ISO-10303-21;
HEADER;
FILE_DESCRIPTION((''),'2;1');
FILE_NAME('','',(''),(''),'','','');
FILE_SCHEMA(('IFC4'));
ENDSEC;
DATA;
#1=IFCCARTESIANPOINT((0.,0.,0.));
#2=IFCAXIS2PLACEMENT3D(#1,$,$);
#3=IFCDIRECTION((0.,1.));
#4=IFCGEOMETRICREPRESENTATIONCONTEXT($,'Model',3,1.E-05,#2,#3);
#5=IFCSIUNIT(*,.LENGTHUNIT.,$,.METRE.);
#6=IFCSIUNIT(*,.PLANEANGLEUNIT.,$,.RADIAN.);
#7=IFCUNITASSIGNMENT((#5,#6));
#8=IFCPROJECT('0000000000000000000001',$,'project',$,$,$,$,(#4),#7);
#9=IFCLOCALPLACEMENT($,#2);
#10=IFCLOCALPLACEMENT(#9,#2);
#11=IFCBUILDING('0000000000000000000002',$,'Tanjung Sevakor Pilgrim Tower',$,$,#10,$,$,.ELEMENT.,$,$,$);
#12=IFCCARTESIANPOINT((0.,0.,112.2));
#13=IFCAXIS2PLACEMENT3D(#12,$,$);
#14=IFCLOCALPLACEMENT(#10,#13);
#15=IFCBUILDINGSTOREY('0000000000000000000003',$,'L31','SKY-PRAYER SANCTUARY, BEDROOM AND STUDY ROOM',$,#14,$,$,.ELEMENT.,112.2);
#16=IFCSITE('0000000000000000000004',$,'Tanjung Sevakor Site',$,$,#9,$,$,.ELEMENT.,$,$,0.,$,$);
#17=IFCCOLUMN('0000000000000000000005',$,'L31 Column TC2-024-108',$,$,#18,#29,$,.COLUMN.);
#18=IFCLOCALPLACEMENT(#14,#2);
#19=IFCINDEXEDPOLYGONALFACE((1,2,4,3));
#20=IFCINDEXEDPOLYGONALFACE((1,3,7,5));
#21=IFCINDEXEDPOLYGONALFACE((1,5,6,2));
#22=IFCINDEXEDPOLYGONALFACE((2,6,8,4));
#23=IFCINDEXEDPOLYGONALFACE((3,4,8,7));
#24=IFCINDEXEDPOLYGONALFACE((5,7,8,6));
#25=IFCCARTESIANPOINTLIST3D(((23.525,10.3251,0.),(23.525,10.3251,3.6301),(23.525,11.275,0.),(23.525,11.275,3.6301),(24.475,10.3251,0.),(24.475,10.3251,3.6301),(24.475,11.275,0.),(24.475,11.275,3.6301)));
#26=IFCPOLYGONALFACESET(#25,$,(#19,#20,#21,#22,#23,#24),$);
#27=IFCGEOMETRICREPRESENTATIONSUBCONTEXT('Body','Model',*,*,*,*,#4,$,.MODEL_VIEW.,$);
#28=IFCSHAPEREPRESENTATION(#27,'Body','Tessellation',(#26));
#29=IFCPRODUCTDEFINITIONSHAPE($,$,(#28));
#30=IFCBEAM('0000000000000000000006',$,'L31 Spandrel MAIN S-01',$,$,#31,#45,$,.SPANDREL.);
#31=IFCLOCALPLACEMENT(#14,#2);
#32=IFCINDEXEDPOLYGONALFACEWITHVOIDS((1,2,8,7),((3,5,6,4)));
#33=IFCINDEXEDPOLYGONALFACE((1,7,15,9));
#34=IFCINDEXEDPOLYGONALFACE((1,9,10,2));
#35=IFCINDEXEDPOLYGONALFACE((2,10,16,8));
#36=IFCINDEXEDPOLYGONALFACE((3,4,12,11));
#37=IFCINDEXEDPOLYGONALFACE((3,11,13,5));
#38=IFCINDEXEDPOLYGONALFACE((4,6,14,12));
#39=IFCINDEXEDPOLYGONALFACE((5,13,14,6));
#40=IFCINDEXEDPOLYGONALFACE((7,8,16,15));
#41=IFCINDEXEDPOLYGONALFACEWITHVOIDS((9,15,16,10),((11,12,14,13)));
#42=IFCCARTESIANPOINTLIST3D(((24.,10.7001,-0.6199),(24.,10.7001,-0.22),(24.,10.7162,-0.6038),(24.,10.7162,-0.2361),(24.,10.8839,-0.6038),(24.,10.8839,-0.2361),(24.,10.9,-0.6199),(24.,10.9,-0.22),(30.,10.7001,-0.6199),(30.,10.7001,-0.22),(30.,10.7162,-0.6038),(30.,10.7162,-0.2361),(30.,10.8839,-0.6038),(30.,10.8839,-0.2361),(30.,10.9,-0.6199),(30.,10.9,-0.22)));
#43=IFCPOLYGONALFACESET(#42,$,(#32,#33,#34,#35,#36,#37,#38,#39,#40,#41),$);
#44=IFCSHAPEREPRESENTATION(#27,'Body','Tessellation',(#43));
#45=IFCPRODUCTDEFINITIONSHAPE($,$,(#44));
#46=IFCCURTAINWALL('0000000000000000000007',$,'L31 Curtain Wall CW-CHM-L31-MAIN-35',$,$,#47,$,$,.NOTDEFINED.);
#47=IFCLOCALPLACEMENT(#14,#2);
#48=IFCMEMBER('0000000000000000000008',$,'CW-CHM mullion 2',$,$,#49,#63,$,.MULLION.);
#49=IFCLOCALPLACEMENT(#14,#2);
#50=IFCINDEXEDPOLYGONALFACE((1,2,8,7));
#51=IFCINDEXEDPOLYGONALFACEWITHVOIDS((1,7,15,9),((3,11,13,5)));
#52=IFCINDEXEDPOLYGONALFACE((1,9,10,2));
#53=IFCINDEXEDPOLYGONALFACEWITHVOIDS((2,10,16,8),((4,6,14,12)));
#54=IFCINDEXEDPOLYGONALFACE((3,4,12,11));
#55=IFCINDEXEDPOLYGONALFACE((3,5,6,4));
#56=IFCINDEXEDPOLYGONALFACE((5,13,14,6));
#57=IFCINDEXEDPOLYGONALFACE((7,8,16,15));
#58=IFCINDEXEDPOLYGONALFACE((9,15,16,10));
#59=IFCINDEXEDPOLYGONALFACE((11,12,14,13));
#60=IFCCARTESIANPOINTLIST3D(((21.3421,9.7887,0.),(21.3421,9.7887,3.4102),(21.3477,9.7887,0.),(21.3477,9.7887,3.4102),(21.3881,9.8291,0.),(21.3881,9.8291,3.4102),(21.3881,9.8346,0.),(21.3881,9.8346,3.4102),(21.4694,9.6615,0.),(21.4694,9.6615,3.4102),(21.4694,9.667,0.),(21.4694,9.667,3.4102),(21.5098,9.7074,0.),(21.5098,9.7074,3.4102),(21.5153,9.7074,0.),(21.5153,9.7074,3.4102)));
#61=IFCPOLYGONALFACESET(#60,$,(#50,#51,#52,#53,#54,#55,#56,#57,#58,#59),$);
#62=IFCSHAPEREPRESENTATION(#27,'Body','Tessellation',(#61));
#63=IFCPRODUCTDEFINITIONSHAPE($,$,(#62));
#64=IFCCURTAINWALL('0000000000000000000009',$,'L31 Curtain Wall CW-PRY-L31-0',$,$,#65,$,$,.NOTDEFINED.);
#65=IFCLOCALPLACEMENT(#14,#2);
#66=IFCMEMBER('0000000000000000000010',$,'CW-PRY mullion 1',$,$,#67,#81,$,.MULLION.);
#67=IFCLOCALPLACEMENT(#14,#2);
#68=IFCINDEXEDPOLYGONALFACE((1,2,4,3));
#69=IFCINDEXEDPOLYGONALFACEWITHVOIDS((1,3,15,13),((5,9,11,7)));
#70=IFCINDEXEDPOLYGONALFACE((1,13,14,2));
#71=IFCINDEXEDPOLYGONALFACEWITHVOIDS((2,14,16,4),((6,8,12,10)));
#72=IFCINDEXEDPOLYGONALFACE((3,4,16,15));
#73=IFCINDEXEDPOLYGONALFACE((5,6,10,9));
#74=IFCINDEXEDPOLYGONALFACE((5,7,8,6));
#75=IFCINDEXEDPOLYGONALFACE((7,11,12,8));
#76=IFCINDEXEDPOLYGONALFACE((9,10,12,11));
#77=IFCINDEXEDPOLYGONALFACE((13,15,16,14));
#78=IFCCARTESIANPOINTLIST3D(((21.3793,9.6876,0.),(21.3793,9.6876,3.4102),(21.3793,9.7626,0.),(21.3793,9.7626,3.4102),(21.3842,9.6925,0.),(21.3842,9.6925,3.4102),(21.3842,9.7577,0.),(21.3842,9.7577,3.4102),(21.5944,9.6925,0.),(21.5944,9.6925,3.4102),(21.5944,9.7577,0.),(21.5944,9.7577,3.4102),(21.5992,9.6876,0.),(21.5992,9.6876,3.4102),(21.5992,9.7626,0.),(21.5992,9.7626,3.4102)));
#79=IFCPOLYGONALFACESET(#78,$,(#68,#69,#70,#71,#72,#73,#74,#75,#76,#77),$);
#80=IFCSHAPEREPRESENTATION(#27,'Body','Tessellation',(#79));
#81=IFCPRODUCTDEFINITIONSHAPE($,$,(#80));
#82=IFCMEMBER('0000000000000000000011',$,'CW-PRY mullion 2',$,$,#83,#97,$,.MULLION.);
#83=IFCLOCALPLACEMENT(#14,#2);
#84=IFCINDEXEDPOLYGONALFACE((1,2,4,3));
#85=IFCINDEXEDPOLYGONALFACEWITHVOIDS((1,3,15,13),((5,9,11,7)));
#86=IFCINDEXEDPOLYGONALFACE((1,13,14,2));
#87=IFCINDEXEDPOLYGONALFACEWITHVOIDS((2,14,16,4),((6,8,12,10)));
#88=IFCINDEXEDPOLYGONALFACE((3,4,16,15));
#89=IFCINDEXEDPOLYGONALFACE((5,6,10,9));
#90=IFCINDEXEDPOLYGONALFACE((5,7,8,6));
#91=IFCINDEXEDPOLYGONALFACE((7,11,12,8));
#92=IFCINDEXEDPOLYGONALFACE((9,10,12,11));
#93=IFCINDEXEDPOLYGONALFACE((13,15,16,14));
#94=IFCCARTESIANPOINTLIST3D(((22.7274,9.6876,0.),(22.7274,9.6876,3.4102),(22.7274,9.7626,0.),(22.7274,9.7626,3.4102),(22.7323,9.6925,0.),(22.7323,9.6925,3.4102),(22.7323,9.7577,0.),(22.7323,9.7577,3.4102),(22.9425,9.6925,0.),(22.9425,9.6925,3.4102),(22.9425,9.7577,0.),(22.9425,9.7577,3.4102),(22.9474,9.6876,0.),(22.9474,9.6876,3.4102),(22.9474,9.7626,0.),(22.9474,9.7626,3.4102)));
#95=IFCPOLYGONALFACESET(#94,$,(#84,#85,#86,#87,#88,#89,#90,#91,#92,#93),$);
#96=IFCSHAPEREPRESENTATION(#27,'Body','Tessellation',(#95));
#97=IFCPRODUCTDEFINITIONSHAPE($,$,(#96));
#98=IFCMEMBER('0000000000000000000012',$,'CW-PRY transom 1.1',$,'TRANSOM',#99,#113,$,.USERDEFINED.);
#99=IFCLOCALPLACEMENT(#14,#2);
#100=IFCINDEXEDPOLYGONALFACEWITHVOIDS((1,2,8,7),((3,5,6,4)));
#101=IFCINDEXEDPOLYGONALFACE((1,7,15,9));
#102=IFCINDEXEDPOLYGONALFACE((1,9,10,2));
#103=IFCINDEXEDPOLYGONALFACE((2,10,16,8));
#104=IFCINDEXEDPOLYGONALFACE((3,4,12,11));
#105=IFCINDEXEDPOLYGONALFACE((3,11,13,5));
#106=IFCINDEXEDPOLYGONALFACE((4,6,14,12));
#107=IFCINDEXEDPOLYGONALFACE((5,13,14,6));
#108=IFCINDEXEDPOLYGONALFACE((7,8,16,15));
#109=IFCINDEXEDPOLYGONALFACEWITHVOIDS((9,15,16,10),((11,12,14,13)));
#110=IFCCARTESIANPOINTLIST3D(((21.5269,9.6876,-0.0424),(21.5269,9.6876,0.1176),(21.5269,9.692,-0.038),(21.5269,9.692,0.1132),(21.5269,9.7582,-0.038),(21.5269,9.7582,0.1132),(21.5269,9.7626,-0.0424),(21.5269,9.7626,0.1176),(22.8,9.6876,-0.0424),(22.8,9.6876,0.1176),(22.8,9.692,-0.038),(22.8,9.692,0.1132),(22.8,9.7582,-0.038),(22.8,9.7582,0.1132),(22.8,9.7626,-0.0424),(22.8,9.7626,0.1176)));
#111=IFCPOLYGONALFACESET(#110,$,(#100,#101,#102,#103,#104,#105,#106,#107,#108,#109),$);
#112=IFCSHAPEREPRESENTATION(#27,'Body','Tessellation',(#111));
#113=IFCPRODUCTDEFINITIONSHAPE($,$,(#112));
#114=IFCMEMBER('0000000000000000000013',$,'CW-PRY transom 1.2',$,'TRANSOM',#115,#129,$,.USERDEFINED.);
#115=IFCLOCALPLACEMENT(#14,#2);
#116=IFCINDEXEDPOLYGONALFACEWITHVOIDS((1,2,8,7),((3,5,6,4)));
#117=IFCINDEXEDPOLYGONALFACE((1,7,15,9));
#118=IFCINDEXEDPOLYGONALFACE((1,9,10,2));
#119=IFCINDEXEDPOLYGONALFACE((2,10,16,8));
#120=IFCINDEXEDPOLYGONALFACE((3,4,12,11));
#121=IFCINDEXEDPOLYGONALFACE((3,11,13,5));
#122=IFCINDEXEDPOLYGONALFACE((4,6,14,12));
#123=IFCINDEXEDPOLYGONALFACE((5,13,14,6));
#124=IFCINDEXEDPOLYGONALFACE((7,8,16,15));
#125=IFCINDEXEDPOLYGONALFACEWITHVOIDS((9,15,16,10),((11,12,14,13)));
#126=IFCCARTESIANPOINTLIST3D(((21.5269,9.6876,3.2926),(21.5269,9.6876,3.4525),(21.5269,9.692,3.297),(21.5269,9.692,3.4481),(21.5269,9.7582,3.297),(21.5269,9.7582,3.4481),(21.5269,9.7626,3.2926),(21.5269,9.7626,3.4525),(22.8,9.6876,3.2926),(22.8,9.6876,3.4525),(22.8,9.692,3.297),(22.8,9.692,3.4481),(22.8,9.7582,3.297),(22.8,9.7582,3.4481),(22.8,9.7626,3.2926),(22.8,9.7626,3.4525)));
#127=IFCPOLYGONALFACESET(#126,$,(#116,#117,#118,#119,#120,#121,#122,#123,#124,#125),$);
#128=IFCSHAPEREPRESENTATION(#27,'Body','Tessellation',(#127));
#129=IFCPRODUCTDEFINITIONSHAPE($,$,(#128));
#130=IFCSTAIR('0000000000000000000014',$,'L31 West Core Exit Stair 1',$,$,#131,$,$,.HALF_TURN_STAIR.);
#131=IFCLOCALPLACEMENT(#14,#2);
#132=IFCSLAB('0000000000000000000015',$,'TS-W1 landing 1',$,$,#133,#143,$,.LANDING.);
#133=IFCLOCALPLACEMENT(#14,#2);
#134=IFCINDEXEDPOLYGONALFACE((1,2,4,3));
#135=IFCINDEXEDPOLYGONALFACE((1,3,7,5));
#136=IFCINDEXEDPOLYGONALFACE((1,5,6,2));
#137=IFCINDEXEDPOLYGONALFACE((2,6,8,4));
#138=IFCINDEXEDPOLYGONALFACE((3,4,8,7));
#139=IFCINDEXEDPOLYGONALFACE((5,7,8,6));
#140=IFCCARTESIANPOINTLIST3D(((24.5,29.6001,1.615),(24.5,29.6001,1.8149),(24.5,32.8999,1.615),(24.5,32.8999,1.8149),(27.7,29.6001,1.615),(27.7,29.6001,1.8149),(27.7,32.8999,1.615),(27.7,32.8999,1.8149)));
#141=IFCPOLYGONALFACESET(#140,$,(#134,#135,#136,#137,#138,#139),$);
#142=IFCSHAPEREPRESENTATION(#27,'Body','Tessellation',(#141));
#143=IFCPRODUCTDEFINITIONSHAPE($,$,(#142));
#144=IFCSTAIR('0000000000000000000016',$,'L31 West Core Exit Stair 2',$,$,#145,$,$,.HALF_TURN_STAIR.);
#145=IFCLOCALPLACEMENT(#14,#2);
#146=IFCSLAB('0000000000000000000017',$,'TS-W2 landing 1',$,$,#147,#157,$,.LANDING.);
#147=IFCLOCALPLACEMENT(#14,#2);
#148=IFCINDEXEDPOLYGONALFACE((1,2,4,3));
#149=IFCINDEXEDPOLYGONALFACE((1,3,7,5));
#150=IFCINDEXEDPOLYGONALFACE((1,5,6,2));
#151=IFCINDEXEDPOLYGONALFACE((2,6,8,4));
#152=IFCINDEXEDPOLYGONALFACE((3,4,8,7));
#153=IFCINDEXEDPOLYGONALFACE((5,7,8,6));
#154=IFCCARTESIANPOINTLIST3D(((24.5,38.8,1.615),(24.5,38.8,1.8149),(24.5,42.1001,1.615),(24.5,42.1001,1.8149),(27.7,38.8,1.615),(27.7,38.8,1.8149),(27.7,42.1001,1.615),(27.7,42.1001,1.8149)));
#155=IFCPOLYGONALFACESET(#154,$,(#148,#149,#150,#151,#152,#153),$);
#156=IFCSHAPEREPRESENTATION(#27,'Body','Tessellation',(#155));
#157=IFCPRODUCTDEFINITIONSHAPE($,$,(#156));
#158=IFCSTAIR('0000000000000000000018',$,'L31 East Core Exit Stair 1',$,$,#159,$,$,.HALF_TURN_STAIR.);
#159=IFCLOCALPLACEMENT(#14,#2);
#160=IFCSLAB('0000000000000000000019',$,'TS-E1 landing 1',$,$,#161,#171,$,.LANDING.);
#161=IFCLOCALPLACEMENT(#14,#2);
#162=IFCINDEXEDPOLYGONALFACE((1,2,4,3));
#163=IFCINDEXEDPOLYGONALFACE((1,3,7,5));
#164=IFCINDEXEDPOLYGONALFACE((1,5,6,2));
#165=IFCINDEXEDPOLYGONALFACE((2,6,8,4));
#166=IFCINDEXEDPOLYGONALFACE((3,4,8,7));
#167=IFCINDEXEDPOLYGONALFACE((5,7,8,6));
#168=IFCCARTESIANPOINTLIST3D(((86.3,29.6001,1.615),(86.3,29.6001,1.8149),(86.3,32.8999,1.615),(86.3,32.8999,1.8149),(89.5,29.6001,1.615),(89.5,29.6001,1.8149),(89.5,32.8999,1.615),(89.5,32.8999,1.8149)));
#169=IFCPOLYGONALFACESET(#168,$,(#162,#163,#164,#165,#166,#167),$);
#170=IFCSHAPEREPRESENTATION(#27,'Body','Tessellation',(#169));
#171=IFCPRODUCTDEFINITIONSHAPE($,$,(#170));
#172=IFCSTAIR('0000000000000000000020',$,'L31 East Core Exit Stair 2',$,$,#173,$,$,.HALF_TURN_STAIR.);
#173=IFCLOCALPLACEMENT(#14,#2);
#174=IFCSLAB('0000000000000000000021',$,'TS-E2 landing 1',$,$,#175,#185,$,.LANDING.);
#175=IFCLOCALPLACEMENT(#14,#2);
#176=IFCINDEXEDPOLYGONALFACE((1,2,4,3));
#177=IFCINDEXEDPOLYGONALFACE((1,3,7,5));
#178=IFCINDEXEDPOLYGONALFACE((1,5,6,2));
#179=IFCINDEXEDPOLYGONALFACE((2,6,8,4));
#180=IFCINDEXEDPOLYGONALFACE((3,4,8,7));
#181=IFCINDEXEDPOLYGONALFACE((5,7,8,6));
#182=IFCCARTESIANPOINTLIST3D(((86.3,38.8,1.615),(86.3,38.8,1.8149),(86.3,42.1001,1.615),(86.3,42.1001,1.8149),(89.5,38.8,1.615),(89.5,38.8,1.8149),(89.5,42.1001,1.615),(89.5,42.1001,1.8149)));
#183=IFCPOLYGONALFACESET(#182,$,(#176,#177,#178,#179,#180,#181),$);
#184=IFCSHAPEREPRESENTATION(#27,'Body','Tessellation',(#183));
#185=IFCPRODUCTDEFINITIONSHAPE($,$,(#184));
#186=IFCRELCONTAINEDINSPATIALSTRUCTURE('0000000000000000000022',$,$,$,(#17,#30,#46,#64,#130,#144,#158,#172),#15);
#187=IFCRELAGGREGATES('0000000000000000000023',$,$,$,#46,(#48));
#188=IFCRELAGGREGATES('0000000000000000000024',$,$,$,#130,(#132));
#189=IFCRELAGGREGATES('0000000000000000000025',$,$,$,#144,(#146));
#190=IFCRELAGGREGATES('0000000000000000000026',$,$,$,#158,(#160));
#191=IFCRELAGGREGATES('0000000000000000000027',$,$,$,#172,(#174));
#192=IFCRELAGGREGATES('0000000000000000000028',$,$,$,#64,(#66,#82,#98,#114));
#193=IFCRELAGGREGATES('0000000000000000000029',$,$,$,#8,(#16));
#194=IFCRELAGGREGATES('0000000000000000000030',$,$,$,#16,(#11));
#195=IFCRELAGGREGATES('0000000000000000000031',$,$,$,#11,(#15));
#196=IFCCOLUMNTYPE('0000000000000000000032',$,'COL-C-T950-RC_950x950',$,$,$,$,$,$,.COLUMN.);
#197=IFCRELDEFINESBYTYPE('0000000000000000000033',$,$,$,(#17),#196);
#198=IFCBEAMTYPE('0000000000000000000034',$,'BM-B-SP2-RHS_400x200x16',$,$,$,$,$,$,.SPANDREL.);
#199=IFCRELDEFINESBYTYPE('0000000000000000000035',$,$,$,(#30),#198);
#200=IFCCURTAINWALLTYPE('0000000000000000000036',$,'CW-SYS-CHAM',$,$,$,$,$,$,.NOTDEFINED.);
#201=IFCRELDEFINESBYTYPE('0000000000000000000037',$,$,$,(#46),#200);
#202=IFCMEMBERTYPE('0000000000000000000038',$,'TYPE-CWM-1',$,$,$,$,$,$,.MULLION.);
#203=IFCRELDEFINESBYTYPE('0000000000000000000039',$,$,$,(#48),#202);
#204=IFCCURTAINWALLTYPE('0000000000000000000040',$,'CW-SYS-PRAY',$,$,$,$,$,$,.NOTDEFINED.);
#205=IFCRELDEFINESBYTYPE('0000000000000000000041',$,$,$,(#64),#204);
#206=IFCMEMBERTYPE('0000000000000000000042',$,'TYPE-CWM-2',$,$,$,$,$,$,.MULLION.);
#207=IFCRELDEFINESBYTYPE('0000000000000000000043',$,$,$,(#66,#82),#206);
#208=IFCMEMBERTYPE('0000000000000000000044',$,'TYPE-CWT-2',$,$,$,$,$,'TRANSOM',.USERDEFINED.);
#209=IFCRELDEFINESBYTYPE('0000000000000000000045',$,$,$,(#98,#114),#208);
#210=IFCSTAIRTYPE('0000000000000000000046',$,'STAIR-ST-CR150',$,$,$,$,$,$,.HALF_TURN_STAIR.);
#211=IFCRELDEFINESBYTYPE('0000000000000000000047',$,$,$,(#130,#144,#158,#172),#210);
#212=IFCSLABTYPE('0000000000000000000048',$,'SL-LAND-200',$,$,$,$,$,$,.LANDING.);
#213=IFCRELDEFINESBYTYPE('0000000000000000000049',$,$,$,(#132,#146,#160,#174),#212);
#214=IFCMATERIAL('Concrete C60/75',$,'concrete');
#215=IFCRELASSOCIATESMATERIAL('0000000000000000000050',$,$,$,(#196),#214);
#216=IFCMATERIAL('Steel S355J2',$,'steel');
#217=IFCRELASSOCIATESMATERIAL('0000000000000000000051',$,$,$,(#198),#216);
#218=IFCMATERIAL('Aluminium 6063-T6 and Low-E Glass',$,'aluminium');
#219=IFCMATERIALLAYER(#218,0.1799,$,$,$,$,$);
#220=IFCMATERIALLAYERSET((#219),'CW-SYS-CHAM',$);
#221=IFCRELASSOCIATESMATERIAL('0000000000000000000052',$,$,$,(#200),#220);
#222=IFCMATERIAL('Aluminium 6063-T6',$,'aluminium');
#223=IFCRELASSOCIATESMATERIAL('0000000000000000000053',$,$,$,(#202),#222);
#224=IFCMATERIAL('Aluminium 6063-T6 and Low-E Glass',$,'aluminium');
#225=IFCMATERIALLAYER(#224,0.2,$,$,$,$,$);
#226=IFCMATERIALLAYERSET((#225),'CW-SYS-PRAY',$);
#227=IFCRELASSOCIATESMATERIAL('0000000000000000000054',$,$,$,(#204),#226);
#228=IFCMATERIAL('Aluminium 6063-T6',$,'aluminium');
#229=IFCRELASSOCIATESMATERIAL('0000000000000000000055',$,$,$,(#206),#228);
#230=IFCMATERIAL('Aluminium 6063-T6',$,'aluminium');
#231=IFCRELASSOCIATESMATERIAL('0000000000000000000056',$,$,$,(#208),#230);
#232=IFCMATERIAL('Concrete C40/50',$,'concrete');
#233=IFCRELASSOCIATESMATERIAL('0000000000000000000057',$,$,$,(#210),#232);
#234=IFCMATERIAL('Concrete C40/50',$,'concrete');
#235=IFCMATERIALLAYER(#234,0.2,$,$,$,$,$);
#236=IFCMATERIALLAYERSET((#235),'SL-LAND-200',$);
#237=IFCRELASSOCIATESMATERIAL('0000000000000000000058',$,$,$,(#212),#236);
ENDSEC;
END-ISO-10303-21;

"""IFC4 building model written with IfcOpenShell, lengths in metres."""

from ifc_helpers import new_model, si_unit, direction, frame, origin, origin_2d, place, context, subcontext, project, spatial, polyline, rectangle, hollow_rectangle, outline, extrude, material, layer, layer_set, material_profile, profile_set, type_object, element, aggregate, save


model = new_model("IFC4")

# Units and contexts
model_context = context("Model", 3, precision=1e-05, world=origin(), true_north=direction((0.0, 1.0)))
body_context = subcontext(model_context, "Body", "Model", "MODEL_VIEW")
ifc_project = project(units=[si_unit("LENGTHUNIT", "METRE"), si_unit("PLANEANGLEUNIT", "RADIAN")], contexts=[model_context])

# Site, building, storey
site_placement = place(None, origin())
site = spatial("IfcSite", under=ifc_project, at=site_placement, Name="Tanjung Sevakor Site", CompositionType="ELEMENT", RefElevation=0.0)
building_placement = place(site_placement, origin())
building = spatial("IfcBuilding", under=site, at=building_placement, Name="Tanjung Sevakor Pilgrim Tower", CompositionType="ELEMENT")
storey_placement = place(building_placement, frame((0.0, 0.0, 112.2)))
storey = spatial("IfcBuildingStorey", under=building, at=storey_placement, Name="L31", Description="SKY-PRAYER SANCTUARY, BEDROOM AND STUDY ROOM", CompositionType="ELEMENT", Elevation=112.2)

# Column
ifc_material_1 = material(Name="Concrete C60/75", Category="concrete")
ifc_material_profile_1 = material_profile(ifc_material_1, rectangle(XDim=0.95, YDim=0.95, at=origin_2d()))
ifc_profile_set_1 = profile_set([ifc_material_profile_1], Name="Concrete C60/75")
column_type = type_object("IfcColumnType", Name="COL-C-T950-RC_950x950", PredefinedType="COLUMN", material=ifc_profile_set_1)
column_placement = place(storey_placement, frame((24.0, 10.8, 0.0), z_axis=(0.0, 0.0, 1.0), x_axis=(1.0, 0.0, 0.0)))
element("IfcColumn", 1, at=column_placement, inside=storey, type_object=column_type, Name="L31 Column TC2-024-108", PredefinedType="COLUMN", context=body_context, shape_type="SweptSolid", body=[
    extrude(rectangle(XDim=0.95, YDim=0.95, at=origin_2d()), origin(), (0.0, 0.0, 1.0), 3.6301),
])

# Beam
ifc_material_2 = material(Name="Steel S355J2", Category="steel")
ifc_material_profile_2 = material_profile(ifc_material_2, hollow_rectangle(XDim=0.2, YDim=0.3999, WallThickness=0.0161, at=origin_2d()))
ifc_profile_set_2 = profile_set([ifc_material_profile_2], Name="Steel S355J2")
beam_type = type_object("IfcBeamType", Name="BM-B-SP2-RHS_400x200x16", PredefinedType="SPANDREL", material=ifc_profile_set_2)
beam_placement = place(storey_placement, frame((24.0, 10.8, -0.4199), z_axis=(1.0, 0.0, 0.0), x_axis=(0.0, 1.0, 0.0)))
element("IfcBeam", 2, at=beam_placement, inside=storey, type_object=beam_type, Name="L31 Spandrel MAIN S-01", PredefinedType="SPANDREL", context=body_context, shape_type="SweptSolid", body=[
    extrude(hollow_rectangle(XDim=0.2, YDim=0.3999, WallThickness=0.0161, at=origin_2d()), origin(), (0.0, 0.0, 1.0), 6.0),
])

# Curtain wall, member
ifc_material_3 = material(Name="Aluminium 6063-T6 and Low-E Glass", Category="aluminium")
ifc_layer_1 = layer(ifc_material_3, 0.1799)
ifc_layer_set_1 = layer_set([ifc_layer_1], Name="CW-SYS-CHAM")
curtain_wall_type_1 = type_object("IfcCurtainWallType", Name="CW-SYS-CHAM", PredefinedType="NOTDEFINED", material=ifc_layer_set_1)
curtain_wall_1_placement = place(storey_placement, origin())
curtain_wall_1 = element("IfcCurtainWall", 3, at=curtain_wall_1_placement, inside=storey, type_object=curtain_wall_type_1, Name="L31 Curtain Wall CW-CHM-L31-MAIN-35", PredefinedType="NOTDEFINED")
ifc_material_4 = material(Name="Aluminium 6063-T6", Category="aluminium")
ifc_material_profile_3 = material_profile(ifc_material_4, hollow_rectangle(XDim=0.0649, YDim=0.1799, WallThickness=0.0039, at=origin_2d()))
ifc_profile_set_3 = profile_set([ifc_material_profile_3], Name="Aluminium 6063-T6")
member_type_1 = type_object("IfcMemberType", Name="TYPE-CWM-1", PredefinedType="MULLION", material=ifc_profile_set_3)
member_1_placement = place(storey_placement, frame((21.4287, 9.748, 0.0), z_axis=(0.0, 0.0, 1.0), x_axis=(0.707107, 0.707107, 0.0)))
member_1 = element("IfcMember", 4, at=member_1_placement, type_object=member_type_1, Name="CW-CHM mullion 2", PredefinedType="MULLION", context=body_context, shape_type="SweptSolid", body=[
    extrude(hollow_rectangle(XDim=0.0649, YDim=0.1799, WallThickness=0.0039, at=origin_2d()), origin(), (0.0, 0.0, 1.0), 3.4102),
])
aggregate(curtain_wall_1, [member_1])

# Curtain wall, members
ifc_material_5 = material(Name="Aluminium 6063-T6 and Low-E Glass", Category="aluminium")
ifc_layer_2 = layer(ifc_material_5, 0.2)
ifc_layer_set_2 = layer_set([ifc_layer_2], Name="CW-SYS-PRAY")
curtain_wall_type_2 = type_object("IfcCurtainWallType", Name="CW-SYS-PRAY", PredefinedType="NOTDEFINED", material=ifc_layer_set_2)
curtain_wall_2_placement = place(storey_placement, origin())
curtain_wall_2 = element("IfcCurtainWall", 5, at=curtain_wall_2_placement, inside=storey, type_object=curtain_wall_type_2, Name="L31 Curtain Wall CW-PRY-L31-0", PredefinedType="NOTDEFINED")
ifc_material_6 = material(Name="Aluminium 6063-T6", Category="aluminium")
ifc_material_profile_4 = material_profile(ifc_material_6, hollow_rectangle(XDim=0.075, YDim=0.22, WallThickness=0.0049, at=origin_2d()))
ifc_profile_set_4 = profile_set([ifc_material_profile_4], Name="Aluminium 6063-T6")
member_type_2 = type_object("IfcMemberType", Name="TYPE-CWM-2", PredefinedType="MULLION", material=ifc_profile_set_4)
member_2_placement = place(storey_placement, frame((21.4893, 9.7251, 0.0), z_axis=(0.0, 0.0, 1.0), x_axis=(0.0, 1.0, 0.0)))
member_2 = element("IfcMember", 6, at=member_2_placement, type_object=member_type_2, Name="CW-PRY mullion 1", PredefinedType="MULLION", context=body_context, shape_type="SweptSolid", body=[
    extrude(hollow_rectangle(XDim=0.075, YDim=0.22, WallThickness=0.0049, at=origin_2d()), origin(), (0.0, 0.0, 1.0), 3.4102),
])
member_3_placement = place(storey_placement, frame((22.8374, 9.7251, 0.0), z_axis=(0.0, 0.0, 1.0), x_axis=(0.0, 1.0, 0.0)))
member_3 = element("IfcMember", 7, at=member_3_placement, type_object=member_type_2, Name="CW-PRY mullion 2", PredefinedType="MULLION", context=body_context, shape_type="SweptSolid", body=[
    extrude(hollow_rectangle(XDim=0.075, YDim=0.22, WallThickness=0.0049, at=origin_2d()), origin(), (0.0, 0.0, 1.0), 3.4102),
])
ifc_material_7 = material(Name="Aluminium 6063-T6", Category="aluminium")
ifc_material_profile_5 = material_profile(ifc_material_7, hollow_rectangle(XDim=0.075, YDim=0.1599, WallThickness=0.0044, at=origin_2d()))
ifc_profile_set_5 = profile_set([ifc_material_profile_5], Name="Aluminium 6063-T6")
member_type_3 = type_object("IfcMemberType", Name="TYPE-CWT-2", ElementType="TRANSOM", PredefinedType="USERDEFINED", material=ifc_profile_set_5)
member_4_placement = place(storey_placement, frame((21.5269, 9.7251, 0.0376), z_axis=(1.0, 0.0, 0.0), x_axis=(0.0, 1.0, 0.0)))
member_4 = element("IfcMember", 8, at=member_4_placement, type_object=member_type_3, Name="CW-PRY transom 1.1", ObjectType="TRANSOM", PredefinedType="USERDEFINED", context=body_context, shape_type="SweptSolid", body=[
    extrude(hollow_rectangle(XDim=0.075, YDim=0.1599, WallThickness=0.0044, at=origin_2d()), origin(), (0.0, 0.0, 1.0), 1.2732),
])
member_5_placement = place(storey_placement, frame((21.5269, 9.7251, 3.3726), z_axis=(1.0, 0.0, 0.0), x_axis=(0.0, 1.0, 0.0)))
member_5 = element("IfcMember", 9, at=member_5_placement, type_object=member_type_3, Name="CW-PRY transom 1.2", ObjectType="TRANSOM", PredefinedType="USERDEFINED", context=body_context, shape_type="SweptSolid", body=[
    extrude(hollow_rectangle(XDim=0.075, YDim=0.1599, WallThickness=0.0044, at=origin_2d()), origin(), (0.0, 0.0, 1.0), 1.2732),
])

# Stairs, slabs
ifc_material_8 = material(Name="Concrete C40/50", Category="concrete")
stair_type = type_object("IfcStairType", Name="STAIR-ST-CR150", PredefinedType="HALF_TURN_STAIR", material=ifc_material_8)
stair_1_placement = place(storey_placement, origin())
stair_1 = element("IfcStair", 10, at=stair_1_placement, inside=storey, type_object=stair_type, Name="L31 West Core Exit Stair 1", PredefinedType="HALF_TURN_STAIR")
ifc_material_9 = material(Name="Concrete C40/50", Category="concrete")
ifc_layer_3 = layer(ifc_material_9, 0.2)
ifc_layer_set_3 = layer_set([ifc_layer_3], Name="SL-LAND-200")
slab_type_1 = type_object("IfcSlabType", Name="SL-LAND-200", PredefinedType="LANDING", material=ifc_layer_set_3)
slab_1_placement = place(storey_placement, frame((0.0, 0.0, 1.615)))
slab_1 = element("IfcSlab", 11, at=slab_1_placement, type_object=slab_type_1, Name="TS-W1 landing 1", PredefinedType="LANDING", context=body_context, shape_type="SweptSolid", body=[
    extrude(outline(polyline([(27.7, 29.6001), (27.7, 32.8999), (24.5, 32.8999), (24.5, 29.6001), (27.7, 29.6001)])), origin(), (0.0, 0.0, 1.0), 0.2),
])
aggregate(stair_1, [slab_1])
stair_2_placement = place(storey_placement, origin())
stair_2 = element("IfcStair", 12, at=stair_2_placement, inside=storey, type_object=stair_type, Name="L31 West Core Exit Stair 2", PredefinedType="HALF_TURN_STAIR")
slab_2_placement = place(storey_placement, frame((0.0, 0.0, 1.615)))
slab_2 = element("IfcSlab", 13, at=slab_2_placement, type_object=slab_type_1, Name="TS-W2 landing 1", PredefinedType="LANDING", context=body_context, shape_type="SweptSolid", body=[
    extrude(outline(polyline([(27.7, 38.8), (27.7, 42.1001), (24.5, 42.1001), (24.5, 38.8), (27.7, 38.8)])), origin(), (0.0, 0.0, 1.0), 0.2),
])
aggregate(stair_2, [slab_2])
stair_3_placement = place(storey_placement, origin())
stair_3 = element("IfcStair", 14, at=stair_3_placement, inside=storey, type_object=stair_type, Name="L31 East Core Exit Stair 1", PredefinedType="HALF_TURN_STAIR")
slab_3_placement = place(storey_placement, frame((0.0, 0.0, 1.615)))
slab_3 = element("IfcSlab", 15, at=slab_3_placement, type_object=slab_type_1, Name="TS-E1 landing 1", PredefinedType="LANDING", context=body_context, shape_type="SweptSolid", body=[
    extrude(outline(polyline([(89.5, 29.6001), (89.5, 32.8999), (86.3, 32.8999), (86.3, 29.6001), (89.5, 29.6001)])), origin(), (0.0, 0.0, 1.0), 0.2),
])
aggregate(stair_3, [slab_3])
stair_4_placement = place(storey_placement, origin())
stair_4 = element("IfcStair", 16, at=stair_4_placement, inside=storey, type_object=stair_type, Name="L31 East Core Exit Stair 2", PredefinedType="HALF_TURN_STAIR")
slab_4_placement = place(storey_placement, frame((0.0, 0.0, 1.615)))
slab_4 = element("IfcSlab", 17, at=slab_4_placement, type_object=slab_type_1, Name="TS-E2 landing 1", PredefinedType="LANDING", context=body_context, shape_type="SweptSolid", body=[
    extrude(outline(polyline([(89.5, 38.8), (89.5, 42.1001), (86.3, 42.1001), (86.3, 38.8), (89.5, 38.8)])), origin(), (0.0, 0.0, 1.0), 0.2),
])
aggregate(stair_4, [slab_4])

aggregate(curtain_wall_2, [member_2, member_3, member_4, member_5])

save(model, "model.ifc")
